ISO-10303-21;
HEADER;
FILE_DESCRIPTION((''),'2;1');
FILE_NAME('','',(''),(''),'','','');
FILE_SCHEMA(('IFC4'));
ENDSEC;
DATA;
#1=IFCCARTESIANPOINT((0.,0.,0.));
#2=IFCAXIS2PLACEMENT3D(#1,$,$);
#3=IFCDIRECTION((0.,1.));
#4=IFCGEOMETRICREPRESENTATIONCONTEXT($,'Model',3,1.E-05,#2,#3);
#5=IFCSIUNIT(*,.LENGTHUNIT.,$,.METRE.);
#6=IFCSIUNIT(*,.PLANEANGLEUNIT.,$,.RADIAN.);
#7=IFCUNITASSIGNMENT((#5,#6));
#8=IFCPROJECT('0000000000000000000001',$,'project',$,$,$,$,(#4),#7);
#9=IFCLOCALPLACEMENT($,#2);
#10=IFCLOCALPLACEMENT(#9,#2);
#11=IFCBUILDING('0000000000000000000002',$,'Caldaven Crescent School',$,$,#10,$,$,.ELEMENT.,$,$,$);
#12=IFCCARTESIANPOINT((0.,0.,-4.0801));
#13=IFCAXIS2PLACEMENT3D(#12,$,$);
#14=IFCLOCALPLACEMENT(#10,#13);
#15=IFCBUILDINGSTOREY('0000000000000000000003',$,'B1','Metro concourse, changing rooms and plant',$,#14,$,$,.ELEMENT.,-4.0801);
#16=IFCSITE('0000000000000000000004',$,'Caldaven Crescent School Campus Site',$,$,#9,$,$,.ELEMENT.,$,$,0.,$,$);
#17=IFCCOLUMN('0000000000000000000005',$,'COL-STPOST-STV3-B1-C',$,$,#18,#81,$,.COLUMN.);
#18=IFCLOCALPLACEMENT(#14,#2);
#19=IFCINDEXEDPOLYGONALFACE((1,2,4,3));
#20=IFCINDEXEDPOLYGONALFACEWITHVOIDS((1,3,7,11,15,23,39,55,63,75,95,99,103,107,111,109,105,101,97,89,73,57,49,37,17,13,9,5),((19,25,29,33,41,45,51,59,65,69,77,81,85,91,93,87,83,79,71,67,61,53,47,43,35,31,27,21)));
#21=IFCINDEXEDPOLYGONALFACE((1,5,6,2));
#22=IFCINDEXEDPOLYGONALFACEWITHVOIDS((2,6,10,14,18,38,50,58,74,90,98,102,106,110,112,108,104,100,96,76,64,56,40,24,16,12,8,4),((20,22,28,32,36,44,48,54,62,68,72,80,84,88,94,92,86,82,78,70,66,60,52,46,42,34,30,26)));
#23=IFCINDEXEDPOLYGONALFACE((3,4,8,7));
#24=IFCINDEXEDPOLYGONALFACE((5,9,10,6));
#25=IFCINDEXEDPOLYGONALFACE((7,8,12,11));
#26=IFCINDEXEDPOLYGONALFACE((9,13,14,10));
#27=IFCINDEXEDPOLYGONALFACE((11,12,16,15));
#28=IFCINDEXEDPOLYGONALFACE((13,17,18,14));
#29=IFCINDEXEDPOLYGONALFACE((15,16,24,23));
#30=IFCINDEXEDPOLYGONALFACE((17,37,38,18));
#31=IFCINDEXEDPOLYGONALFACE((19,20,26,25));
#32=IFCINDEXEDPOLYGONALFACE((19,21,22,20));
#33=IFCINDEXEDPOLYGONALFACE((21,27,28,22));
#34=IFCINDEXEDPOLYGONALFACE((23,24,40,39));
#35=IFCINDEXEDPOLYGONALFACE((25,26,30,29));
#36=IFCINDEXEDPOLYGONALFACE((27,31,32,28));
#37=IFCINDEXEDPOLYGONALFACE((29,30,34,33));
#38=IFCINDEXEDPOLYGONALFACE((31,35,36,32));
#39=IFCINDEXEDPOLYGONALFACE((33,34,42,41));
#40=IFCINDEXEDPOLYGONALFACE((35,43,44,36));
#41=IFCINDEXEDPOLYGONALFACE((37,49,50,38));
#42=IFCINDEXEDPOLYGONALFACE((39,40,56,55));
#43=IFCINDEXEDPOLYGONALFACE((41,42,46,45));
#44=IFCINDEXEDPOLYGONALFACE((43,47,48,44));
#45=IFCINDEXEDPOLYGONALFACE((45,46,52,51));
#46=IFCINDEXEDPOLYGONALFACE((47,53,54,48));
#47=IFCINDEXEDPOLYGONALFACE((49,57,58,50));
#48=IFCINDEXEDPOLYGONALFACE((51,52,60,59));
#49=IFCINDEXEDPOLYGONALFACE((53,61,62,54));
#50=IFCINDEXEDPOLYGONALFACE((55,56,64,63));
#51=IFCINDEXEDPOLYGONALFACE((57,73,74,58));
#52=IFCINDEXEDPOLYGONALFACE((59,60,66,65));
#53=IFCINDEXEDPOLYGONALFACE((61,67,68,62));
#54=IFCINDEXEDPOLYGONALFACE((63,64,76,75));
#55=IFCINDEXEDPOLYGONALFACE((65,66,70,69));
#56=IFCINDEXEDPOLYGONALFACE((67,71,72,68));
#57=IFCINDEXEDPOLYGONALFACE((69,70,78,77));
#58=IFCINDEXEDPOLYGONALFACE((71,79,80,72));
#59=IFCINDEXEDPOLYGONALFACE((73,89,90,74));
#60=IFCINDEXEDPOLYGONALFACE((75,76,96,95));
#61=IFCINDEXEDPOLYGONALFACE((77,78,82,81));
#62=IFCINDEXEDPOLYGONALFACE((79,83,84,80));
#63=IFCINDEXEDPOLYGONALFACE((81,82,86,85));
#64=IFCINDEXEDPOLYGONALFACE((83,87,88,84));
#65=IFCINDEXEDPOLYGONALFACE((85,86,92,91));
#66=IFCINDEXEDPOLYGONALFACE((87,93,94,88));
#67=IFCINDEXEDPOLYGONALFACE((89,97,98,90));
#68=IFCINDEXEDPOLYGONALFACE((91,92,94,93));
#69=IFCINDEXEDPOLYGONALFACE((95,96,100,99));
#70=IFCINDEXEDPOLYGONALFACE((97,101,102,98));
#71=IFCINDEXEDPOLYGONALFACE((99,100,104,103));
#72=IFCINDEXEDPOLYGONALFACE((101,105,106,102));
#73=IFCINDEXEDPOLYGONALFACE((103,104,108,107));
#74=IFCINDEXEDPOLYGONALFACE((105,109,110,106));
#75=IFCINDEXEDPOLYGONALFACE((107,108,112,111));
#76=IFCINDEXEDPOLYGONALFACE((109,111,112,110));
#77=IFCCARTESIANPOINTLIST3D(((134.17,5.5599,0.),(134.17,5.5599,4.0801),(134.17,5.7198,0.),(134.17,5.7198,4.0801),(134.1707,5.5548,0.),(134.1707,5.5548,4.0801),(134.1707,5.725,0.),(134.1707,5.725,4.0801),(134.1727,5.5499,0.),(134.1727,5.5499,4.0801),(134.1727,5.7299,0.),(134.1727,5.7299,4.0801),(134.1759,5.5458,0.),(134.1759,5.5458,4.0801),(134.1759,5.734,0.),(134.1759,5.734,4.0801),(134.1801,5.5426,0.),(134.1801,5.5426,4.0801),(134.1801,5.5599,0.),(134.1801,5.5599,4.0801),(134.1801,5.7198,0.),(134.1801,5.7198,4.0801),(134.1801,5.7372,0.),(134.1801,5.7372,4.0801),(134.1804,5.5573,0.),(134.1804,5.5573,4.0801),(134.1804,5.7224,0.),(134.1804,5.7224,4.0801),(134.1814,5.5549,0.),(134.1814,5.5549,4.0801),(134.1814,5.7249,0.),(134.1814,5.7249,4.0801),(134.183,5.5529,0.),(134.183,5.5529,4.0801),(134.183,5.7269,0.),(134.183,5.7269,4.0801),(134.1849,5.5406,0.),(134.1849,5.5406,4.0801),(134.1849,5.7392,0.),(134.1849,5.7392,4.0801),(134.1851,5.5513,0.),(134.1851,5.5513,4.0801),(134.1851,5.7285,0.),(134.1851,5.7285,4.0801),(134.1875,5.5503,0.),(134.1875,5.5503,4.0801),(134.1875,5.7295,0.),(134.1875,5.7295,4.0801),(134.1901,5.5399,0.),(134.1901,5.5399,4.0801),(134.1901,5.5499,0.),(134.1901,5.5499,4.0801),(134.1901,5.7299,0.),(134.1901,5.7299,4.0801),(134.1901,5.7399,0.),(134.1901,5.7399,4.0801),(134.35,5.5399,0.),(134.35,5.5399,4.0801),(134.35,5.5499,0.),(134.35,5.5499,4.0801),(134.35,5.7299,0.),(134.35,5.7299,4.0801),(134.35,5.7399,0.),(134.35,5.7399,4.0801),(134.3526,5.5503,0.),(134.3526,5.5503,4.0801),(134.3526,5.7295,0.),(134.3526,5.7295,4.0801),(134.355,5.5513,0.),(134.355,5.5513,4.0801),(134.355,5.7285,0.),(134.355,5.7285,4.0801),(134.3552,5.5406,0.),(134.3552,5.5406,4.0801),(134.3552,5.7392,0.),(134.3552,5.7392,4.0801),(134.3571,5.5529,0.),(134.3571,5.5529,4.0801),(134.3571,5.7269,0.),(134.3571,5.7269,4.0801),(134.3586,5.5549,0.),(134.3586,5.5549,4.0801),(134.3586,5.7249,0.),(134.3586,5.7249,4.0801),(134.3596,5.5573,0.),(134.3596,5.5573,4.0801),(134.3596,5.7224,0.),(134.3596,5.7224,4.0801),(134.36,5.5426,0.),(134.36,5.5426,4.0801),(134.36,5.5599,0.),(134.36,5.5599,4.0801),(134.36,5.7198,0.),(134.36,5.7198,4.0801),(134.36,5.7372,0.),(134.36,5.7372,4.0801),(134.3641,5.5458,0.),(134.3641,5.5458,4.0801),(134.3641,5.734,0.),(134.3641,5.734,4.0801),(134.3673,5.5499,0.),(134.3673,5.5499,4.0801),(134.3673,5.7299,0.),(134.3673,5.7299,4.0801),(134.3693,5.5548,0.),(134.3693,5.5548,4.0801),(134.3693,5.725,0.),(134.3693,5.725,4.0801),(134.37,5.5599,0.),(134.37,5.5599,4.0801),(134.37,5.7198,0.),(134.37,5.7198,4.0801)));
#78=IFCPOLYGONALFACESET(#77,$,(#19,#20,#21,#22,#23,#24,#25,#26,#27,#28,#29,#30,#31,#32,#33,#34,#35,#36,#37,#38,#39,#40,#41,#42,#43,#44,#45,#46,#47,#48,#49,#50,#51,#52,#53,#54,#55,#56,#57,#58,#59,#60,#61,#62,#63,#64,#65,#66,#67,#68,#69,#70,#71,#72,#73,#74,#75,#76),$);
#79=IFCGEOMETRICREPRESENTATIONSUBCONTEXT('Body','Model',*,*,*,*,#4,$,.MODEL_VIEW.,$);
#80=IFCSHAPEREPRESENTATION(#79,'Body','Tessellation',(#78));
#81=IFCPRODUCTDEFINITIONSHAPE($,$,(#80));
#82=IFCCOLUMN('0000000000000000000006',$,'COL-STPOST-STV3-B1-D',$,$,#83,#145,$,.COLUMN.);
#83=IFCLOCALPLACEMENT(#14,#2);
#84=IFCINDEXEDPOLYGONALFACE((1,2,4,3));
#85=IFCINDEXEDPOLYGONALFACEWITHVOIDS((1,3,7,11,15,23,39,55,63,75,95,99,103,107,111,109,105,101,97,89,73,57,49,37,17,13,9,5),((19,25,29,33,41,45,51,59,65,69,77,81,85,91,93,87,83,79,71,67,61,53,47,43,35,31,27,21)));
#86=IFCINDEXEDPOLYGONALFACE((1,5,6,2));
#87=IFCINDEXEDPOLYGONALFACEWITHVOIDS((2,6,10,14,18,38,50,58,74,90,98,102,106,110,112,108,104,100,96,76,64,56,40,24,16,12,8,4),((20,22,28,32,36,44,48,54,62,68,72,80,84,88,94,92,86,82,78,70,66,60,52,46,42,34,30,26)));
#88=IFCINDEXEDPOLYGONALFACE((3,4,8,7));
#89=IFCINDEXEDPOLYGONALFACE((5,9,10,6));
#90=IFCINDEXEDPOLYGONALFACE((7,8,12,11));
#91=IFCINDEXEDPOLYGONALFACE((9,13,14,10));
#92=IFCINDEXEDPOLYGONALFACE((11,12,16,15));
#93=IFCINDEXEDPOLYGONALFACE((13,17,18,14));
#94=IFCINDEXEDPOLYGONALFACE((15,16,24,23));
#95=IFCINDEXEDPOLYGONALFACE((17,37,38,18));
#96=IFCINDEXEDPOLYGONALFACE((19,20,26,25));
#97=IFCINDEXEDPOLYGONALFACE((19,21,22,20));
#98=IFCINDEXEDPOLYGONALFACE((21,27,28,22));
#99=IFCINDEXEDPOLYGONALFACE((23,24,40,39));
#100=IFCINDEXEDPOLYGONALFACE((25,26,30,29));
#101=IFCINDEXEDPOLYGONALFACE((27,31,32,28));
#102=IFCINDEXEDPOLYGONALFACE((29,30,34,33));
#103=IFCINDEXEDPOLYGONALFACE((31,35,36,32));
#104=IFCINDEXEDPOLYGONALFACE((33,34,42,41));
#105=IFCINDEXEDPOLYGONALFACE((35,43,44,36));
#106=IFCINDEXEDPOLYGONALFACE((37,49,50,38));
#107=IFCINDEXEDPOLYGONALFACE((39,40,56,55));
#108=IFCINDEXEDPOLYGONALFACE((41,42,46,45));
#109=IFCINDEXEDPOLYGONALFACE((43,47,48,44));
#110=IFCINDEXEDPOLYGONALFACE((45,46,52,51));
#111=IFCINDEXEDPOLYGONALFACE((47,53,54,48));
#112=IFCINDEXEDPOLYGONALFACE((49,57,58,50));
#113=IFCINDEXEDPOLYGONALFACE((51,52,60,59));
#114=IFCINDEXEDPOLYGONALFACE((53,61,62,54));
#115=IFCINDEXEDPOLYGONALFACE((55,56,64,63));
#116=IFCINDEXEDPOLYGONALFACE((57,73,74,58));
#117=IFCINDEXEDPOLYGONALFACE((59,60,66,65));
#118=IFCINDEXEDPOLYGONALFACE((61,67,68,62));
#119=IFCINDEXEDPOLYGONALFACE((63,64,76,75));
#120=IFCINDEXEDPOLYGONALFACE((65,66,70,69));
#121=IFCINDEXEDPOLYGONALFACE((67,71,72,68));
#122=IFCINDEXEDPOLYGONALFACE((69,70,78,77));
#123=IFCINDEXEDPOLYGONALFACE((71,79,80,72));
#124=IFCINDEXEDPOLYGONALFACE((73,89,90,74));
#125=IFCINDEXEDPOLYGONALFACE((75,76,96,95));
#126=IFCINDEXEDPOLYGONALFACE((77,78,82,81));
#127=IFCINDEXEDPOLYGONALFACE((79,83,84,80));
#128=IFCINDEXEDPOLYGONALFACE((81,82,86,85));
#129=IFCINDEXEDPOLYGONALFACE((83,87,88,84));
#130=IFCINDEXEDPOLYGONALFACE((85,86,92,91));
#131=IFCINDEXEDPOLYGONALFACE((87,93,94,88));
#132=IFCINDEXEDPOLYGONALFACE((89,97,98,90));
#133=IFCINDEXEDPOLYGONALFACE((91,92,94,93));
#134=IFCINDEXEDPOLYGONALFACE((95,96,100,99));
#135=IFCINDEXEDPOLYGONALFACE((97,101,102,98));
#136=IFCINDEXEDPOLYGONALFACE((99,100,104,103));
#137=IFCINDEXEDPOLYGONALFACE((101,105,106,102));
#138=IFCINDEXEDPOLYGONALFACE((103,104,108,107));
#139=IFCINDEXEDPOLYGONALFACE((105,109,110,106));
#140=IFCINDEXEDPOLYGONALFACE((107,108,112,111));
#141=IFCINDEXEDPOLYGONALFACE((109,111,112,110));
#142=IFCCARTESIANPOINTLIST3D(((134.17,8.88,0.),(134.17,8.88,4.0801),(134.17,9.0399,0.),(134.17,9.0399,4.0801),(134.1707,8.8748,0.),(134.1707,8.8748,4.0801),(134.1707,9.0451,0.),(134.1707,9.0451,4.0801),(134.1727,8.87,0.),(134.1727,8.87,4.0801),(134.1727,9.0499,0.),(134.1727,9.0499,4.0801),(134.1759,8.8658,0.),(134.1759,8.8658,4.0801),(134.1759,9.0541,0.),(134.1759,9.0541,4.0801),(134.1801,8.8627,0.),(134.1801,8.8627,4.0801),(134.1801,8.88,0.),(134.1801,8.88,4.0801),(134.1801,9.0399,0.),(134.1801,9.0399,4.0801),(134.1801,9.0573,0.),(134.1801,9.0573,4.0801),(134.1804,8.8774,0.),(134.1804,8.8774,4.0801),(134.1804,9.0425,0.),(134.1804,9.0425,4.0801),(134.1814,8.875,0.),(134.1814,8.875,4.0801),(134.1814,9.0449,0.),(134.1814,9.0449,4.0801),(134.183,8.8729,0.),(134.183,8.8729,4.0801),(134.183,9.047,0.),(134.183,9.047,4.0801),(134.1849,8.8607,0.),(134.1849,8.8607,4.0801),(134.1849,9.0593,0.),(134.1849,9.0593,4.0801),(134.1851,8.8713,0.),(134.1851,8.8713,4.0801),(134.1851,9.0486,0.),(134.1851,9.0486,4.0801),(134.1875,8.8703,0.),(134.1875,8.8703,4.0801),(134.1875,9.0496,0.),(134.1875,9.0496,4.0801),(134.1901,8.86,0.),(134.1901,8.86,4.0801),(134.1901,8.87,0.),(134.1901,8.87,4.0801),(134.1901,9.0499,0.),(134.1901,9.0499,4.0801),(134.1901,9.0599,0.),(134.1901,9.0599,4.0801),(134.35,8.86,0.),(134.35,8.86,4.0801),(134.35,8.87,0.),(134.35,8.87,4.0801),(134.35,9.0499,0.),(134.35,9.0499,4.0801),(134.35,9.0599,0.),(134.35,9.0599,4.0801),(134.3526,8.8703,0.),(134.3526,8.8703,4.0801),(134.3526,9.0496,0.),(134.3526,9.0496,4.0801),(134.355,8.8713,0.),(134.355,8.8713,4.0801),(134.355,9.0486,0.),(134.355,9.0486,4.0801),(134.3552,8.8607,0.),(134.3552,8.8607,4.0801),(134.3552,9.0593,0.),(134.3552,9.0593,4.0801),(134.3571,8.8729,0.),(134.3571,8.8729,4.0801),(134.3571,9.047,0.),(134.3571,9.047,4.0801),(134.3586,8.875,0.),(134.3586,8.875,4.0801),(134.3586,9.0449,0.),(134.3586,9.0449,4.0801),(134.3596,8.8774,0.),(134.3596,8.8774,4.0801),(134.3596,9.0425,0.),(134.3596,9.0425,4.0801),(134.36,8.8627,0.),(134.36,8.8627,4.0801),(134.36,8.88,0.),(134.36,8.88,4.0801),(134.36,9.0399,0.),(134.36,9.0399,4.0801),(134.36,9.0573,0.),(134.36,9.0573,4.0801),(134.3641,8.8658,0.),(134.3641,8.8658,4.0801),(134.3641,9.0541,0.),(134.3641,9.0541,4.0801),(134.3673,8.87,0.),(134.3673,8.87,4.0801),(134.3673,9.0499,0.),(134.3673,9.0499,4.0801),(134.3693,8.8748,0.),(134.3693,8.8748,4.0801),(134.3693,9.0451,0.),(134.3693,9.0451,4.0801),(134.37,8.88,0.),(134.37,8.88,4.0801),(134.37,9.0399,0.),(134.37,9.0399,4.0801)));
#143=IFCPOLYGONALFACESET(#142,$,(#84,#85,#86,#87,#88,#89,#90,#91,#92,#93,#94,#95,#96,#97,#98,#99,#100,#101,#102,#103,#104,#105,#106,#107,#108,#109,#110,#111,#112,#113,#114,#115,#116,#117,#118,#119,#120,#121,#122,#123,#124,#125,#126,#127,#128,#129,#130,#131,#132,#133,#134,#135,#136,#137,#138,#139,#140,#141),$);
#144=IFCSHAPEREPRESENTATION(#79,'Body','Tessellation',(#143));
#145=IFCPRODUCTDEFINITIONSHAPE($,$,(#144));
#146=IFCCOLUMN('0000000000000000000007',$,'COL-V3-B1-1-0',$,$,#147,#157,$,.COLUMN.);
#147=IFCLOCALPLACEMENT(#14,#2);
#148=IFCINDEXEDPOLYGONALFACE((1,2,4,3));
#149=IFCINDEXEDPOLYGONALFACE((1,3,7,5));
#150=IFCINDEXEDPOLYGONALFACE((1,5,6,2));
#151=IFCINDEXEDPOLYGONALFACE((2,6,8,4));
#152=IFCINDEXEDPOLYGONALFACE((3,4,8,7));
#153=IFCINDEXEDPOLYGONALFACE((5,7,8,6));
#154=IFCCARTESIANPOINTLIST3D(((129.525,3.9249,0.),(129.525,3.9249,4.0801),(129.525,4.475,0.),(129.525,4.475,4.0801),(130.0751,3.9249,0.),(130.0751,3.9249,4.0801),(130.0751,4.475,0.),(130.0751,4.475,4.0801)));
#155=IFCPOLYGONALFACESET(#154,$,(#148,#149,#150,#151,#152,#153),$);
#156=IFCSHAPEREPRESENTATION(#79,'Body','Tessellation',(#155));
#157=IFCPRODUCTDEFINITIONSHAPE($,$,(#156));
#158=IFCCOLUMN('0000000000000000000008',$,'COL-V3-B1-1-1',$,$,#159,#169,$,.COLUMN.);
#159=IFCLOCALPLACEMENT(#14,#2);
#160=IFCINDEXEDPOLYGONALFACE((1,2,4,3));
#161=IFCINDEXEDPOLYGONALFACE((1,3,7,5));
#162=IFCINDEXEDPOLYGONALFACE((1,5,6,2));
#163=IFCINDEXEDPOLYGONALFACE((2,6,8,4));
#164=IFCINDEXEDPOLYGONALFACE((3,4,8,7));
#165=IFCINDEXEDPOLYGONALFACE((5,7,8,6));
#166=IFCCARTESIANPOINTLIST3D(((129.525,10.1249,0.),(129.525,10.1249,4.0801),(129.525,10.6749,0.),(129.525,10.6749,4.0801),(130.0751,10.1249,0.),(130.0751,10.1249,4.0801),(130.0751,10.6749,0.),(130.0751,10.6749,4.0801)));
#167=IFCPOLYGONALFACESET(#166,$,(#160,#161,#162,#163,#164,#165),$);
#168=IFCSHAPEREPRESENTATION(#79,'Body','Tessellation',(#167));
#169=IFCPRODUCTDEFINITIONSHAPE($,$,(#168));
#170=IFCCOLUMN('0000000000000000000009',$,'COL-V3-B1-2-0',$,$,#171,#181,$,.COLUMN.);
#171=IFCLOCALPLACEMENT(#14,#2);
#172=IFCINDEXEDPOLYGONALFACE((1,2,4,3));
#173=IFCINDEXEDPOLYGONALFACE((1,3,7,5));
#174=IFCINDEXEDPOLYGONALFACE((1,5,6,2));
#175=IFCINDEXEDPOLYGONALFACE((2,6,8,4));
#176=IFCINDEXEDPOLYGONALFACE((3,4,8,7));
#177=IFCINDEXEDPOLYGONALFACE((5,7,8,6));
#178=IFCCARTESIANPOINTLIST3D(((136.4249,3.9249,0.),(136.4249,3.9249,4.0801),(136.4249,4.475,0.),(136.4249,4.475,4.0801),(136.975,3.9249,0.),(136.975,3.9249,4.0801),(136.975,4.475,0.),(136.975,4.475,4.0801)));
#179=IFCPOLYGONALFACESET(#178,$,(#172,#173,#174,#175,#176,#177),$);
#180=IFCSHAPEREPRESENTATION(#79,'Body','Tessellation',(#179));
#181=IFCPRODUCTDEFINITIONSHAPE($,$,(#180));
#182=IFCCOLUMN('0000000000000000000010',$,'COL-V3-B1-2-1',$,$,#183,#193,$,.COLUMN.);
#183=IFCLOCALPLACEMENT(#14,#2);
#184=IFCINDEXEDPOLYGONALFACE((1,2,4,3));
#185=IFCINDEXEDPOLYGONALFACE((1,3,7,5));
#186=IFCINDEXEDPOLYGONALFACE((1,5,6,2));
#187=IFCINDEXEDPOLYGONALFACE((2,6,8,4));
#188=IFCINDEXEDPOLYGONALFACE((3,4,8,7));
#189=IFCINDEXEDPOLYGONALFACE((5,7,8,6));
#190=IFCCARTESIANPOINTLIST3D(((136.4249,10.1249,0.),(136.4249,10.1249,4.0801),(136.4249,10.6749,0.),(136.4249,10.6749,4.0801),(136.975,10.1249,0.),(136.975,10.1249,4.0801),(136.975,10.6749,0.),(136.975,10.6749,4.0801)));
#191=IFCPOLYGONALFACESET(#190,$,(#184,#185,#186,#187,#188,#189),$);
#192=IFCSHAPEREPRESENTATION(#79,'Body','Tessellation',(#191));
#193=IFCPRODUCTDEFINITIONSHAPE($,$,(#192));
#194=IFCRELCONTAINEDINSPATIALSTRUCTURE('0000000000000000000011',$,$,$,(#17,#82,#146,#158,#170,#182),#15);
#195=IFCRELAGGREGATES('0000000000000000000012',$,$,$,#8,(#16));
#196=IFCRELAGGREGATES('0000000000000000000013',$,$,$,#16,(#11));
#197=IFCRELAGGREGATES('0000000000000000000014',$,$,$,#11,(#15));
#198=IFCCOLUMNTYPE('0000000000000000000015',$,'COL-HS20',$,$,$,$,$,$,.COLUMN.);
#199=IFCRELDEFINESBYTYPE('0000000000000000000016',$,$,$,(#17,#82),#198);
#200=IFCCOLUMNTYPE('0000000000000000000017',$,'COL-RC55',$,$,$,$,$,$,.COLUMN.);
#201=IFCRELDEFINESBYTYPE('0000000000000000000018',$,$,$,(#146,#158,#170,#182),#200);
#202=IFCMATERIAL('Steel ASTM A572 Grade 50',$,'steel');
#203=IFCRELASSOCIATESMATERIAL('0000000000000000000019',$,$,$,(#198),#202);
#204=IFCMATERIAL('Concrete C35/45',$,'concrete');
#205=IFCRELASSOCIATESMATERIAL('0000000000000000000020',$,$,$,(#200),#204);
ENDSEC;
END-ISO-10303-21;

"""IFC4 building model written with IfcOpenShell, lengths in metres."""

from ifc_helpers import new_model, si_unit, direction, frame, origin, origin_2d, place, context, subcontext, project, spatial, rectangle, hollow_rectangle, extrude, material, material_profile, profile_set, type_object, element, save


model = new_model("IFC4")

# Units and contexts
model_context = context("Model", 3, precision=1e-05, world=origin(), true_north=direction((0.0, 1.0)))
body_context = subcontext(model_context, "Body", "Model", "MODEL_VIEW")
ifc_project = project(units=[si_unit("LENGTHUNIT", "METRE"), si_unit("PLANEANGLEUNIT", "RADIAN")], contexts=[model_context])

# Site, building, storey
site_placement = place(None, origin())
site = spatial("IfcSite", under=ifc_project, at=site_placement, Name="Caldaven Crescent School Campus Site", CompositionType="ELEMENT", RefElevation=0.0)
building_placement = place(site_placement, origin())
building = spatial("IfcBuilding", under=site, at=building_placement, Name="Caldaven Crescent School", CompositionType="ELEMENT")
storey_placement = place(building_placement, frame((0.0, 0.0, -4.0801)))
storey = spatial("IfcBuildingStorey", under=building, at=storey_placement, Name="B1", Description="Metro concourse, changing rooms and plant", CompositionType="ELEMENT", Elevation=-4.0801)

# Shared definitions
ifc_material_1 = material(Name="Concrete C35/45", Category="concrete")

# Columns
ifc_material_2 = material(Name="Steel ASTM A572 Grade 50", Category="steel")
ifc_material_profile_1 = material_profile(ifc_material_2, hollow_rectangle(XDim=0.2, YDim=0.2, WallThickness=0.01, InnerFilletRadius=0.01, OuterFilletRadius=0.02, at=origin_2d()), Name="HSS 200x200x10")
ifc_profile_set_1 = profile_set([ifc_material_profile_1], Name="Steel ASTM A572 Grade 50")
column_type_1 = type_object("IfcColumnType", Name="COL-HS20", PredefinedType="COLUMN", material=ifc_profile_set_1)
for number, where, z_axis, x_axis, name in (
    (1, (134.27, 5.6399, 0.0), (0.0, 0.0, 1.0), (1.0, 0.0, 0.0), "COL-STPOST-STV3-B1-C"),
    (2, (134.27, 8.96, 0.0), (0.0, 0.0, 1.0), (1.0, 0.0, 0.0), "COL-STPOST-STV3-B1-D"),
):
    element("IfcColumn", number, at=place(storey_placement, frame(where, z_axis=z_axis, x_axis=x_axis)), inside=storey, type_object=column_type_1, Name=name, PredefinedType="COLUMN", context=body_context, shape_type="SweptSolid", body=[
        extrude(hollow_rectangle(XDim=0.2, YDim=0.2, WallThickness=0.01, InnerFilletRadius=0.01, OuterFilletRadius=0.02, at=origin_2d()), origin(), (0.0, 0.0, 1.0), 4.0801),
    ])
ifc_material_profile_2 = material_profile(ifc_material_1, rectangle(XDim=0.55, YDim=0.55, at=origin_2d()), Name="RC 550x550")
ifc_profile_set_2 = profile_set([ifc_material_profile_2], Name="Concrete C35/45")
column_type_2 = type_object("IfcColumnType", Name="COL-RC55", PredefinedType="COLUMN", material=ifc_profile_set_2)
for number, where, z_axis, x_axis, name in (
    (3, (129.8, 4.2, 0.0), (0.0, 0.0, 1.0), (1.0, 0.0, 0.0), "COL-V3-B1-1-0"),
    (4, (129.8, 10.3999, 0.0), (0.0, 0.0, 1.0), (1.0, 0.0, 0.0), "COL-V3-B1-1-1"),
    (5, (136.7, 4.2, 0.0), (0.0, 0.0, 1.0), (1.0, 0.0, 0.0), "COL-V3-B1-2-0"),
    (6, (136.7, 10.3999, 0.0), (0.0, 0.0, 1.0), (1.0, 0.0, 0.0), "COL-V3-B1-2-1"),
):
    element("IfcColumn", number, at=place(storey_placement, frame(where, z_axis=z_axis, x_axis=x_axis)), inside=storey, type_object=column_type_2, Name=name, PredefinedType="COLUMN", context=body_context, shape_type="SweptSolid", body=[
        extrude(rectangle(XDim=0.55, YDim=0.55, at=origin_2d()), origin(), (0.0, 0.0, 1.0), 4.0801),
    ])

save(model, "model.ifc")
